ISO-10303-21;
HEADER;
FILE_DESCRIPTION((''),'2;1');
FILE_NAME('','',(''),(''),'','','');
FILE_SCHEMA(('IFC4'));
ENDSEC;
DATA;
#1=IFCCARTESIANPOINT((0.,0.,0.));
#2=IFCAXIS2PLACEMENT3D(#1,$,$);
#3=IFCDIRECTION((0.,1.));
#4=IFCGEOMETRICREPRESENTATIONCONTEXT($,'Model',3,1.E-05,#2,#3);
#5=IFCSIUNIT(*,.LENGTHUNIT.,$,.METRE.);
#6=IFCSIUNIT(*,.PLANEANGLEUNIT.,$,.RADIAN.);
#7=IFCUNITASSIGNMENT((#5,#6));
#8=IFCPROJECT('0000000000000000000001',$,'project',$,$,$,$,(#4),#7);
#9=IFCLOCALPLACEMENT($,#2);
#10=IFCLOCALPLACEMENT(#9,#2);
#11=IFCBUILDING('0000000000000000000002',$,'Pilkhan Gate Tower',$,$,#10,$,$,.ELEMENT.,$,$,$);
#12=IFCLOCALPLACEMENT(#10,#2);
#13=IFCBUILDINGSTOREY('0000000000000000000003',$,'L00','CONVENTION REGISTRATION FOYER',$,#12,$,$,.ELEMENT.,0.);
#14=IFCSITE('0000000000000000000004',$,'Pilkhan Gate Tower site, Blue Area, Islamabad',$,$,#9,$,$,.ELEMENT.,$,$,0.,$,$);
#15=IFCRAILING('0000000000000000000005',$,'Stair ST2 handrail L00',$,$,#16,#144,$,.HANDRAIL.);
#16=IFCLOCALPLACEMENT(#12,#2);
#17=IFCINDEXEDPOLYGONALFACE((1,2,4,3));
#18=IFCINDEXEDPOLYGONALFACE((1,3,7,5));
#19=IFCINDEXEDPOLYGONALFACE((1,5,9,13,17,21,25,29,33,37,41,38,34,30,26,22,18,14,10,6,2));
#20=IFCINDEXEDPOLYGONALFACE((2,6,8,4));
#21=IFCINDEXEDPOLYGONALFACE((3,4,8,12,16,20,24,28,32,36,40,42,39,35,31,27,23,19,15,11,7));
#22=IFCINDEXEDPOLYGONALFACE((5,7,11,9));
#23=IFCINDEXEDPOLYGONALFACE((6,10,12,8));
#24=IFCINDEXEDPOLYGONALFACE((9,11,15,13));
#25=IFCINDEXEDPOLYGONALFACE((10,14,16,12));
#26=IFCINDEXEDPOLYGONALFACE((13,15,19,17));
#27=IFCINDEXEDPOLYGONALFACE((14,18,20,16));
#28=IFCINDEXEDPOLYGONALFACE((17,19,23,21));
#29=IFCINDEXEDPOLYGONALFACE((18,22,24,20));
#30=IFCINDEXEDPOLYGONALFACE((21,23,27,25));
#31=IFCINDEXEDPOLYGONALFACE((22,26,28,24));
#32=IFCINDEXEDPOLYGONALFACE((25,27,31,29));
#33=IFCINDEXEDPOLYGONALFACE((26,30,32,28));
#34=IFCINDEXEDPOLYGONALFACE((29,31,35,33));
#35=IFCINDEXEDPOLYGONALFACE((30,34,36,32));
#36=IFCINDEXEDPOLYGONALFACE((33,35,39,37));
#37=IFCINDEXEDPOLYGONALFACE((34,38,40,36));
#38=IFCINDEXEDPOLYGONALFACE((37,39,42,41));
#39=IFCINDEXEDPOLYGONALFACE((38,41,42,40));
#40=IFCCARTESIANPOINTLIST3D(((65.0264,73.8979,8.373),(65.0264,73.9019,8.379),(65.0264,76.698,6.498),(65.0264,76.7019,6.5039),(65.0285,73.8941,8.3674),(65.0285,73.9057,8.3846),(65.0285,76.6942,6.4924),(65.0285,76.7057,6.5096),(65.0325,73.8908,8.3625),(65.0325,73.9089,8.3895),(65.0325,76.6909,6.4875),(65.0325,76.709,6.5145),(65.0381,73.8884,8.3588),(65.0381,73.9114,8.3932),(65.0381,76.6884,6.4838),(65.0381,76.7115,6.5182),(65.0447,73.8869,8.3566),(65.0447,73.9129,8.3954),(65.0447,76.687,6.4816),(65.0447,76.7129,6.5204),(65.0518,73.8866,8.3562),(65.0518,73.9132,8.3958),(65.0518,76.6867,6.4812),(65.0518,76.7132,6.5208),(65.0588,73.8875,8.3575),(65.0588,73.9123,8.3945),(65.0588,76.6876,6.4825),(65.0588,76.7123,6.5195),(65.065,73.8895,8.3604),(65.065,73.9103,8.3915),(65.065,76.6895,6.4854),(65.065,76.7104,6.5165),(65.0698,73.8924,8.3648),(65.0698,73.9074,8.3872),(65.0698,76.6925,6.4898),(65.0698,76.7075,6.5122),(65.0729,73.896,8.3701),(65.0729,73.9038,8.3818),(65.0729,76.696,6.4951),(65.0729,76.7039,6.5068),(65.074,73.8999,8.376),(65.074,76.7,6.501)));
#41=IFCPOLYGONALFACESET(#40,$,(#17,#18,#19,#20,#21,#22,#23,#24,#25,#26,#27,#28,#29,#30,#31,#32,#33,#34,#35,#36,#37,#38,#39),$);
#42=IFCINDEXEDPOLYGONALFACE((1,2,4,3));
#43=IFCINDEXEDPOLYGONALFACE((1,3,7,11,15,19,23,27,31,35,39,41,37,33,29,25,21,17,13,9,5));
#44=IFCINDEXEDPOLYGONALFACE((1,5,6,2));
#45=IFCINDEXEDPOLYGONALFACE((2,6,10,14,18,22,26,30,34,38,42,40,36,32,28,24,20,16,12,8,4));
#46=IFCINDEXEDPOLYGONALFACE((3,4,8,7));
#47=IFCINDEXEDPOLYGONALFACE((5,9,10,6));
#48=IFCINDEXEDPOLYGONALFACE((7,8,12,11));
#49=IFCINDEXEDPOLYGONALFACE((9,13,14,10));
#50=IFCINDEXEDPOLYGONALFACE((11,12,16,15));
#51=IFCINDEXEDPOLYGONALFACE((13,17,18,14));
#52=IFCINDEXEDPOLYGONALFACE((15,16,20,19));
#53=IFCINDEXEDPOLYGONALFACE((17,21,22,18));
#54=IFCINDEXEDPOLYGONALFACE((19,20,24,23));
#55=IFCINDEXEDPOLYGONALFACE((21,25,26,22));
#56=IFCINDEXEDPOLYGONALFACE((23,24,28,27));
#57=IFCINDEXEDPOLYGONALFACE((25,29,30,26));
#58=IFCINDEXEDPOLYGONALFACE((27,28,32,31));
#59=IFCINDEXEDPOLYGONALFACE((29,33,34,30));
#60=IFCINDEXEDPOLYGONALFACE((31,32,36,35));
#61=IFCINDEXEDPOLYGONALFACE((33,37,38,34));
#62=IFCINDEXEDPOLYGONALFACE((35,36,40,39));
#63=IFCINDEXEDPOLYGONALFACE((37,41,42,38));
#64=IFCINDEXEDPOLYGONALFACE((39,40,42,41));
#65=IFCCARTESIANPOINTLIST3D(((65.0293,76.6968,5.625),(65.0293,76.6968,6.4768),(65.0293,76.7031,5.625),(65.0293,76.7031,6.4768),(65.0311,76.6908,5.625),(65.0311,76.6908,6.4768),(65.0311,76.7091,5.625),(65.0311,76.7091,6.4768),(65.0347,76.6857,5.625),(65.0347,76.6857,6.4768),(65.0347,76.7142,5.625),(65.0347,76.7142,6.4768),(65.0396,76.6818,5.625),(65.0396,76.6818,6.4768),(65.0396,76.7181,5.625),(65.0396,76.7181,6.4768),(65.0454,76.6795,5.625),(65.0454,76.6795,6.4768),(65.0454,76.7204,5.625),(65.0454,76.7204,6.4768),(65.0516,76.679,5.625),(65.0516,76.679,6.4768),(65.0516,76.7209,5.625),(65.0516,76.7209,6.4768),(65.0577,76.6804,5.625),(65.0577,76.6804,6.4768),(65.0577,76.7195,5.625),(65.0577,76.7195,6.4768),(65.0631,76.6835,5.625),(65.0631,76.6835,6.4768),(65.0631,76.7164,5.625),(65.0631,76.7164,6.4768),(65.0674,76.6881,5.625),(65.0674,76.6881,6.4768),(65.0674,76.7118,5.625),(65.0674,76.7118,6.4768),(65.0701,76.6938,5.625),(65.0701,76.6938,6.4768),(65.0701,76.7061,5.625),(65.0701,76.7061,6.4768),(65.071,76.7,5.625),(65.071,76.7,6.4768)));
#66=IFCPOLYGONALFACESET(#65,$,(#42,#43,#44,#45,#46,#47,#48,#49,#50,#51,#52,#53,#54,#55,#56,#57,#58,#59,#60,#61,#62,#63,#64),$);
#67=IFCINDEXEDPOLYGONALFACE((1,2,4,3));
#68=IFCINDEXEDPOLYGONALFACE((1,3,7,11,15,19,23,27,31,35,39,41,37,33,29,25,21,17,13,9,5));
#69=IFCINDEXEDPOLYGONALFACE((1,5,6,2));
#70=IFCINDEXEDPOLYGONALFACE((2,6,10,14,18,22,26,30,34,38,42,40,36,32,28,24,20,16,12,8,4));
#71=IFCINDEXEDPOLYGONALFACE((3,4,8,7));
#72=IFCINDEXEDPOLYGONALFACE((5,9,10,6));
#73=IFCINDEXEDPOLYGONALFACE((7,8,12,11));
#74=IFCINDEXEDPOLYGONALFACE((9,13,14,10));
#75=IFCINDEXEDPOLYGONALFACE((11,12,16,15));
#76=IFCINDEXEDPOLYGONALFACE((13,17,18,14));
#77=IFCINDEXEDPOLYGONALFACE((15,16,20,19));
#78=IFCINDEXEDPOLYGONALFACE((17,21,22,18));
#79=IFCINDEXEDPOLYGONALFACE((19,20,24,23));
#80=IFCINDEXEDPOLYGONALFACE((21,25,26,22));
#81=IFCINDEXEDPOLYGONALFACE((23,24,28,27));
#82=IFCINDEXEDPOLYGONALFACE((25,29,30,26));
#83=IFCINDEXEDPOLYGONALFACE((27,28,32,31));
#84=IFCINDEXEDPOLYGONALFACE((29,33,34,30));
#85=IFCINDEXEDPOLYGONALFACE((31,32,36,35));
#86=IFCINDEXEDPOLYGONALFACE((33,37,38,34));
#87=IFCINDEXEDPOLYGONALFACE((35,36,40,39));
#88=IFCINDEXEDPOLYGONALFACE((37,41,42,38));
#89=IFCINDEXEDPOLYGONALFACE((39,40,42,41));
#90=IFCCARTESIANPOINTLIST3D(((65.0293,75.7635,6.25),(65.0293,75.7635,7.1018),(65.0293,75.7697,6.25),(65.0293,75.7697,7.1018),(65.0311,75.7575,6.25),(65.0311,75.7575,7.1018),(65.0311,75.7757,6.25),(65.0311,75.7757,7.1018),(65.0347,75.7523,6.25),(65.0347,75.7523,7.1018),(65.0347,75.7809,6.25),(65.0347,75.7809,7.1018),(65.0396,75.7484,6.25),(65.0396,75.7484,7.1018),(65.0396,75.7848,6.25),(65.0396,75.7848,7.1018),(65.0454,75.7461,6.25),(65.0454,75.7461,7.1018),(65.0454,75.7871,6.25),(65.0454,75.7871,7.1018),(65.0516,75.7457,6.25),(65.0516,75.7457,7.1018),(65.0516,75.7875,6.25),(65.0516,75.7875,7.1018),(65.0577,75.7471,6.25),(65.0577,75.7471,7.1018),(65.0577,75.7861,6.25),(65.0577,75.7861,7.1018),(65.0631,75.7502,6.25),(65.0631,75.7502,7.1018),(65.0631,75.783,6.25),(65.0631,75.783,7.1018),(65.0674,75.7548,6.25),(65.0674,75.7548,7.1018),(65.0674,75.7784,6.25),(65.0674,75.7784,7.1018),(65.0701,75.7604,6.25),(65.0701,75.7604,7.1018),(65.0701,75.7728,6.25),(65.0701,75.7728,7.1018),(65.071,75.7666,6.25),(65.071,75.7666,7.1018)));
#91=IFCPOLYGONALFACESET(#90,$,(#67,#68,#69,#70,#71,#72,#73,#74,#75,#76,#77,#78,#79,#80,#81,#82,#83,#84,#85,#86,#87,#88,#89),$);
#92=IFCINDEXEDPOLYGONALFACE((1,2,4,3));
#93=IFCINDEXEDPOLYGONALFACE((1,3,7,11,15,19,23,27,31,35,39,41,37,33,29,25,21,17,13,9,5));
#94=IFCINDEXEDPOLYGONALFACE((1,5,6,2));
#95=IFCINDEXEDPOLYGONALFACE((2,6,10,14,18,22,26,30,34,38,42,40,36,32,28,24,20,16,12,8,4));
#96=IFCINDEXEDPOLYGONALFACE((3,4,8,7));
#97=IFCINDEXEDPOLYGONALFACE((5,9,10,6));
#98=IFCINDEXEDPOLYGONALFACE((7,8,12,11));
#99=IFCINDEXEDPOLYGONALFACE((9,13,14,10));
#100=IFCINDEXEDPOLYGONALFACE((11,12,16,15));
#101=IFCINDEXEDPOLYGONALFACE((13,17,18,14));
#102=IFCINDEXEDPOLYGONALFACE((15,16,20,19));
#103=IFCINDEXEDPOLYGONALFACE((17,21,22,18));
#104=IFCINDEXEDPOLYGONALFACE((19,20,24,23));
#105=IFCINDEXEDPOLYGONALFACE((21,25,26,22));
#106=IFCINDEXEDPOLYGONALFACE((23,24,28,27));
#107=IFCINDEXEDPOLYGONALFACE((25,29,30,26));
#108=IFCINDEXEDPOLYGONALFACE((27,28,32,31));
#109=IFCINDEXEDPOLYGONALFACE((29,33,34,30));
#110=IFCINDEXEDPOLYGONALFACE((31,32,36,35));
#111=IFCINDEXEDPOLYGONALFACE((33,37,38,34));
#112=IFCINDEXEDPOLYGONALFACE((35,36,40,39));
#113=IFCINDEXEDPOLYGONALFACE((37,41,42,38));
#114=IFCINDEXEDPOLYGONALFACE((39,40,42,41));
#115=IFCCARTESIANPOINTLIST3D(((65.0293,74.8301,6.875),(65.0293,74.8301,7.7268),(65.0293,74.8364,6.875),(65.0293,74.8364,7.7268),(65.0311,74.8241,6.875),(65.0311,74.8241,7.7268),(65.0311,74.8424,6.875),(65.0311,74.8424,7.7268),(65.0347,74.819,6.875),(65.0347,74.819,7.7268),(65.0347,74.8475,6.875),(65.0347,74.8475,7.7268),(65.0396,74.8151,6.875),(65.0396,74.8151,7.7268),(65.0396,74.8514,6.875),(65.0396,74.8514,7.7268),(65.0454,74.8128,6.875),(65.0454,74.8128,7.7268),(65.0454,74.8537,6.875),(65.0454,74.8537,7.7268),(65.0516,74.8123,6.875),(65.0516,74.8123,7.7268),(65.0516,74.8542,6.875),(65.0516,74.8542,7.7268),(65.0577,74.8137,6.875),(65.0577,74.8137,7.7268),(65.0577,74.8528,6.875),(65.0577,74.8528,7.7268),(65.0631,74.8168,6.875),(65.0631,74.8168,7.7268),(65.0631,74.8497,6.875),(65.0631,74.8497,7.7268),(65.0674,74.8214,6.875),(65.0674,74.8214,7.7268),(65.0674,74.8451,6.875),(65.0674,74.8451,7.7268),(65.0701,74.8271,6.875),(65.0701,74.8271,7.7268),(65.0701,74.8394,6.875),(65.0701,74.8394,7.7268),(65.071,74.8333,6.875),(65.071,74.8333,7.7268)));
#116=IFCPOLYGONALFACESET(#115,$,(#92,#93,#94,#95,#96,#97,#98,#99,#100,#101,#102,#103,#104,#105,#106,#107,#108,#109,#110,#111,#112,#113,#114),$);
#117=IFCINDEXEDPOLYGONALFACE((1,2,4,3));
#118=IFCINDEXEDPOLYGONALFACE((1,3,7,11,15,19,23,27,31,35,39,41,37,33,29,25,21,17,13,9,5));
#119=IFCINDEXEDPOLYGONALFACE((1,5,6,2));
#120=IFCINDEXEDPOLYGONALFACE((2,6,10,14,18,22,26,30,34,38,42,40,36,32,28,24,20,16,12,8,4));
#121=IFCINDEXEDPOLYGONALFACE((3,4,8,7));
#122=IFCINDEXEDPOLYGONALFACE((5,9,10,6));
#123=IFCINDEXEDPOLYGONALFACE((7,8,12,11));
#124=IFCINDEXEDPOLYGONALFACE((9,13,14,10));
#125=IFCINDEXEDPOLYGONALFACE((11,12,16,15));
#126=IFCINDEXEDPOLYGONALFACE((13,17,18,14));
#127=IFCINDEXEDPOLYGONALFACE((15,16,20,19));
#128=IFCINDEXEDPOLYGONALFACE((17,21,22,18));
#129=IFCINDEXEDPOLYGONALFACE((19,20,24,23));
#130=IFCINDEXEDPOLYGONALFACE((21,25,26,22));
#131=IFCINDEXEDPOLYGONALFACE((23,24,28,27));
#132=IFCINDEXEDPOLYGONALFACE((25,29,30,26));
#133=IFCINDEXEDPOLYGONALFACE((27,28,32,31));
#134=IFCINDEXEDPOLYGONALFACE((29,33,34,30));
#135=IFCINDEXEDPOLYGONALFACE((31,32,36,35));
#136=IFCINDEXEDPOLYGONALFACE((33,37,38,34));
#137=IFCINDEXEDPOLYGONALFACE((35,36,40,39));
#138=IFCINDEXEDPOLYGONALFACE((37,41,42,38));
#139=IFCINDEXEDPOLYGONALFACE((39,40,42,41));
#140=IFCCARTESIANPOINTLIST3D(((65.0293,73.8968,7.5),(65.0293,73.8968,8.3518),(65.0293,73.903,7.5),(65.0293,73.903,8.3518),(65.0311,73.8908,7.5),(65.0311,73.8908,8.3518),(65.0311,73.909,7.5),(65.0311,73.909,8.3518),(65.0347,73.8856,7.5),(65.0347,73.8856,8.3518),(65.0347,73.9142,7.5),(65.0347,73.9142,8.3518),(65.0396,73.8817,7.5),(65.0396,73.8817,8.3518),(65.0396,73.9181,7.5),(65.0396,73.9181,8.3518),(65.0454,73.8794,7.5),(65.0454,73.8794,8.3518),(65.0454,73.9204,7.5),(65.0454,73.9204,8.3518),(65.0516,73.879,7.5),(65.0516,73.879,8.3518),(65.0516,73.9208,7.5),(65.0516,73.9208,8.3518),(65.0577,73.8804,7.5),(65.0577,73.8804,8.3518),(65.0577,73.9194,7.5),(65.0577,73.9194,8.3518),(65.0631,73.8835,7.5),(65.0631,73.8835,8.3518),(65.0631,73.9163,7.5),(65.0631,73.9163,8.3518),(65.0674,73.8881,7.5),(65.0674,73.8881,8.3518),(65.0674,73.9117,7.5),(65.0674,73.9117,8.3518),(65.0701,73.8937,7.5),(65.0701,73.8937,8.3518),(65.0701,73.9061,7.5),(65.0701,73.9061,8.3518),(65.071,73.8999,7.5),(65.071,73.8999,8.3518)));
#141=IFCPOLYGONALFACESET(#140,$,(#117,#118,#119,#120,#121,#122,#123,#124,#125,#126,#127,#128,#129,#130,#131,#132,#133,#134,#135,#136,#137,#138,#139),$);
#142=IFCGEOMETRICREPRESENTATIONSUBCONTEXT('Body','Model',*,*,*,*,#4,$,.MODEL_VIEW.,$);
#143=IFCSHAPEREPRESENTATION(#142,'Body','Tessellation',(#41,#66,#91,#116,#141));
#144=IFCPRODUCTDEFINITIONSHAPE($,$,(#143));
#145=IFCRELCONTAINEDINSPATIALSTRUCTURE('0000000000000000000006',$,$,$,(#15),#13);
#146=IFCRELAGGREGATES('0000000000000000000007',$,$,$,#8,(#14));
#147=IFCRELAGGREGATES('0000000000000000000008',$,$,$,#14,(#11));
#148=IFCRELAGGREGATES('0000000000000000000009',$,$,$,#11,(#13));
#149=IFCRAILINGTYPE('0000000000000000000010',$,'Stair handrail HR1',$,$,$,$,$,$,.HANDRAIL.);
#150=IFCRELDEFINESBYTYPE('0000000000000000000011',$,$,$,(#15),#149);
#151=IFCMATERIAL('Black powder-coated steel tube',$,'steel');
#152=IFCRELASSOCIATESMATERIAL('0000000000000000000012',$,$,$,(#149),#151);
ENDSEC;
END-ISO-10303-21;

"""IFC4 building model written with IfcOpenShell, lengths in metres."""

from ifc_helpers import new_model, si_unit, direction, frame, origin, origin_2d, place, context, subcontext, project, spatial, circle, extrude, material, type_object, element, save


model = new_model("IFC4")

# Units and contexts
model_context = context("Model", 3, precision=1e-05, world=origin(), true_north=direction((0.0, 1.0)))
body_context = subcontext(model_context, "Body", "Model", "MODEL_VIEW")
ifc_project = project(units=[si_unit("LENGTHUNIT", "METRE"), si_unit("PLANEANGLEUNIT", "RADIAN")], contexts=[model_context])

# Site, building, storey
site_placement = place(None, origin())
site = spatial("IfcSite", under=ifc_project, at=site_placement, Name="Pilkhan Gate Tower site, Blue Area, Islamabad", CompositionType="ELEMENT", RefElevation=0.0)
building_placement = place(site_placement, origin())
building = spatial("IfcBuilding", under=site, at=building_placement, Name="Pilkhan Gate Tower", CompositionType="ELEMENT")
storey_placement = place(building_placement, origin())
storey = spatial("IfcBuildingStorey", under=building, at=storey_placement, Name="L00", Description="CONVENTION REGISTRATION FOYER", CompositionType="ELEMENT", Elevation=0.0)

# Railing
ifc_material_1 = material(Name="Black powder-coated steel tube", Category="steel")
railing_type_1 = type_object("IfcRailingType", Name="Stair handrail HR1", PredefinedType="HANDRAIL", material=ifc_material_1)
railing_1_placement = place(storey_placement, frame((65.05, 76.7, 5.625)))
element("IfcRailing", 1, at=railing_1_placement, inside=storey, type_object=railing_type_1, Name="Stair ST2 handrail L00", PredefinedType="HANDRAIL", context=body_context, shape_type="SweptSolid", body=[
    extrude(circle(Radius=0.0239, at=origin_2d()), frame((0.0, 0.0, 0.876), z_axis=(0.0, -0.830912, 0.556404), x_axis=(1.0, 0.0, 0.0)), (0.0, 0.0, 1.0), 3.3699),
    extrude(circle(Radius=0.021, at=origin_2d()), origin(), (0.0, 0.0, 1.0), 0.8518),
    extrude(circle(Radius=0.021, at=origin_2d()), frame((0.0, -0.9333, 0.625)), (0.0, 0.0, 1.0), 0.8518),
    extrude(circle(Radius=0.021, at=origin_2d()), frame((0.0, -1.8667, 1.25)), (0.0, 0.0, 1.0), 0.8518),
    extrude(circle(Radius=0.021, at=origin_2d()), frame((0.0, -2.8, 1.875)), (0.0, 0.0, 1.0), 0.8518),
])

save(model, "model.ifc")
